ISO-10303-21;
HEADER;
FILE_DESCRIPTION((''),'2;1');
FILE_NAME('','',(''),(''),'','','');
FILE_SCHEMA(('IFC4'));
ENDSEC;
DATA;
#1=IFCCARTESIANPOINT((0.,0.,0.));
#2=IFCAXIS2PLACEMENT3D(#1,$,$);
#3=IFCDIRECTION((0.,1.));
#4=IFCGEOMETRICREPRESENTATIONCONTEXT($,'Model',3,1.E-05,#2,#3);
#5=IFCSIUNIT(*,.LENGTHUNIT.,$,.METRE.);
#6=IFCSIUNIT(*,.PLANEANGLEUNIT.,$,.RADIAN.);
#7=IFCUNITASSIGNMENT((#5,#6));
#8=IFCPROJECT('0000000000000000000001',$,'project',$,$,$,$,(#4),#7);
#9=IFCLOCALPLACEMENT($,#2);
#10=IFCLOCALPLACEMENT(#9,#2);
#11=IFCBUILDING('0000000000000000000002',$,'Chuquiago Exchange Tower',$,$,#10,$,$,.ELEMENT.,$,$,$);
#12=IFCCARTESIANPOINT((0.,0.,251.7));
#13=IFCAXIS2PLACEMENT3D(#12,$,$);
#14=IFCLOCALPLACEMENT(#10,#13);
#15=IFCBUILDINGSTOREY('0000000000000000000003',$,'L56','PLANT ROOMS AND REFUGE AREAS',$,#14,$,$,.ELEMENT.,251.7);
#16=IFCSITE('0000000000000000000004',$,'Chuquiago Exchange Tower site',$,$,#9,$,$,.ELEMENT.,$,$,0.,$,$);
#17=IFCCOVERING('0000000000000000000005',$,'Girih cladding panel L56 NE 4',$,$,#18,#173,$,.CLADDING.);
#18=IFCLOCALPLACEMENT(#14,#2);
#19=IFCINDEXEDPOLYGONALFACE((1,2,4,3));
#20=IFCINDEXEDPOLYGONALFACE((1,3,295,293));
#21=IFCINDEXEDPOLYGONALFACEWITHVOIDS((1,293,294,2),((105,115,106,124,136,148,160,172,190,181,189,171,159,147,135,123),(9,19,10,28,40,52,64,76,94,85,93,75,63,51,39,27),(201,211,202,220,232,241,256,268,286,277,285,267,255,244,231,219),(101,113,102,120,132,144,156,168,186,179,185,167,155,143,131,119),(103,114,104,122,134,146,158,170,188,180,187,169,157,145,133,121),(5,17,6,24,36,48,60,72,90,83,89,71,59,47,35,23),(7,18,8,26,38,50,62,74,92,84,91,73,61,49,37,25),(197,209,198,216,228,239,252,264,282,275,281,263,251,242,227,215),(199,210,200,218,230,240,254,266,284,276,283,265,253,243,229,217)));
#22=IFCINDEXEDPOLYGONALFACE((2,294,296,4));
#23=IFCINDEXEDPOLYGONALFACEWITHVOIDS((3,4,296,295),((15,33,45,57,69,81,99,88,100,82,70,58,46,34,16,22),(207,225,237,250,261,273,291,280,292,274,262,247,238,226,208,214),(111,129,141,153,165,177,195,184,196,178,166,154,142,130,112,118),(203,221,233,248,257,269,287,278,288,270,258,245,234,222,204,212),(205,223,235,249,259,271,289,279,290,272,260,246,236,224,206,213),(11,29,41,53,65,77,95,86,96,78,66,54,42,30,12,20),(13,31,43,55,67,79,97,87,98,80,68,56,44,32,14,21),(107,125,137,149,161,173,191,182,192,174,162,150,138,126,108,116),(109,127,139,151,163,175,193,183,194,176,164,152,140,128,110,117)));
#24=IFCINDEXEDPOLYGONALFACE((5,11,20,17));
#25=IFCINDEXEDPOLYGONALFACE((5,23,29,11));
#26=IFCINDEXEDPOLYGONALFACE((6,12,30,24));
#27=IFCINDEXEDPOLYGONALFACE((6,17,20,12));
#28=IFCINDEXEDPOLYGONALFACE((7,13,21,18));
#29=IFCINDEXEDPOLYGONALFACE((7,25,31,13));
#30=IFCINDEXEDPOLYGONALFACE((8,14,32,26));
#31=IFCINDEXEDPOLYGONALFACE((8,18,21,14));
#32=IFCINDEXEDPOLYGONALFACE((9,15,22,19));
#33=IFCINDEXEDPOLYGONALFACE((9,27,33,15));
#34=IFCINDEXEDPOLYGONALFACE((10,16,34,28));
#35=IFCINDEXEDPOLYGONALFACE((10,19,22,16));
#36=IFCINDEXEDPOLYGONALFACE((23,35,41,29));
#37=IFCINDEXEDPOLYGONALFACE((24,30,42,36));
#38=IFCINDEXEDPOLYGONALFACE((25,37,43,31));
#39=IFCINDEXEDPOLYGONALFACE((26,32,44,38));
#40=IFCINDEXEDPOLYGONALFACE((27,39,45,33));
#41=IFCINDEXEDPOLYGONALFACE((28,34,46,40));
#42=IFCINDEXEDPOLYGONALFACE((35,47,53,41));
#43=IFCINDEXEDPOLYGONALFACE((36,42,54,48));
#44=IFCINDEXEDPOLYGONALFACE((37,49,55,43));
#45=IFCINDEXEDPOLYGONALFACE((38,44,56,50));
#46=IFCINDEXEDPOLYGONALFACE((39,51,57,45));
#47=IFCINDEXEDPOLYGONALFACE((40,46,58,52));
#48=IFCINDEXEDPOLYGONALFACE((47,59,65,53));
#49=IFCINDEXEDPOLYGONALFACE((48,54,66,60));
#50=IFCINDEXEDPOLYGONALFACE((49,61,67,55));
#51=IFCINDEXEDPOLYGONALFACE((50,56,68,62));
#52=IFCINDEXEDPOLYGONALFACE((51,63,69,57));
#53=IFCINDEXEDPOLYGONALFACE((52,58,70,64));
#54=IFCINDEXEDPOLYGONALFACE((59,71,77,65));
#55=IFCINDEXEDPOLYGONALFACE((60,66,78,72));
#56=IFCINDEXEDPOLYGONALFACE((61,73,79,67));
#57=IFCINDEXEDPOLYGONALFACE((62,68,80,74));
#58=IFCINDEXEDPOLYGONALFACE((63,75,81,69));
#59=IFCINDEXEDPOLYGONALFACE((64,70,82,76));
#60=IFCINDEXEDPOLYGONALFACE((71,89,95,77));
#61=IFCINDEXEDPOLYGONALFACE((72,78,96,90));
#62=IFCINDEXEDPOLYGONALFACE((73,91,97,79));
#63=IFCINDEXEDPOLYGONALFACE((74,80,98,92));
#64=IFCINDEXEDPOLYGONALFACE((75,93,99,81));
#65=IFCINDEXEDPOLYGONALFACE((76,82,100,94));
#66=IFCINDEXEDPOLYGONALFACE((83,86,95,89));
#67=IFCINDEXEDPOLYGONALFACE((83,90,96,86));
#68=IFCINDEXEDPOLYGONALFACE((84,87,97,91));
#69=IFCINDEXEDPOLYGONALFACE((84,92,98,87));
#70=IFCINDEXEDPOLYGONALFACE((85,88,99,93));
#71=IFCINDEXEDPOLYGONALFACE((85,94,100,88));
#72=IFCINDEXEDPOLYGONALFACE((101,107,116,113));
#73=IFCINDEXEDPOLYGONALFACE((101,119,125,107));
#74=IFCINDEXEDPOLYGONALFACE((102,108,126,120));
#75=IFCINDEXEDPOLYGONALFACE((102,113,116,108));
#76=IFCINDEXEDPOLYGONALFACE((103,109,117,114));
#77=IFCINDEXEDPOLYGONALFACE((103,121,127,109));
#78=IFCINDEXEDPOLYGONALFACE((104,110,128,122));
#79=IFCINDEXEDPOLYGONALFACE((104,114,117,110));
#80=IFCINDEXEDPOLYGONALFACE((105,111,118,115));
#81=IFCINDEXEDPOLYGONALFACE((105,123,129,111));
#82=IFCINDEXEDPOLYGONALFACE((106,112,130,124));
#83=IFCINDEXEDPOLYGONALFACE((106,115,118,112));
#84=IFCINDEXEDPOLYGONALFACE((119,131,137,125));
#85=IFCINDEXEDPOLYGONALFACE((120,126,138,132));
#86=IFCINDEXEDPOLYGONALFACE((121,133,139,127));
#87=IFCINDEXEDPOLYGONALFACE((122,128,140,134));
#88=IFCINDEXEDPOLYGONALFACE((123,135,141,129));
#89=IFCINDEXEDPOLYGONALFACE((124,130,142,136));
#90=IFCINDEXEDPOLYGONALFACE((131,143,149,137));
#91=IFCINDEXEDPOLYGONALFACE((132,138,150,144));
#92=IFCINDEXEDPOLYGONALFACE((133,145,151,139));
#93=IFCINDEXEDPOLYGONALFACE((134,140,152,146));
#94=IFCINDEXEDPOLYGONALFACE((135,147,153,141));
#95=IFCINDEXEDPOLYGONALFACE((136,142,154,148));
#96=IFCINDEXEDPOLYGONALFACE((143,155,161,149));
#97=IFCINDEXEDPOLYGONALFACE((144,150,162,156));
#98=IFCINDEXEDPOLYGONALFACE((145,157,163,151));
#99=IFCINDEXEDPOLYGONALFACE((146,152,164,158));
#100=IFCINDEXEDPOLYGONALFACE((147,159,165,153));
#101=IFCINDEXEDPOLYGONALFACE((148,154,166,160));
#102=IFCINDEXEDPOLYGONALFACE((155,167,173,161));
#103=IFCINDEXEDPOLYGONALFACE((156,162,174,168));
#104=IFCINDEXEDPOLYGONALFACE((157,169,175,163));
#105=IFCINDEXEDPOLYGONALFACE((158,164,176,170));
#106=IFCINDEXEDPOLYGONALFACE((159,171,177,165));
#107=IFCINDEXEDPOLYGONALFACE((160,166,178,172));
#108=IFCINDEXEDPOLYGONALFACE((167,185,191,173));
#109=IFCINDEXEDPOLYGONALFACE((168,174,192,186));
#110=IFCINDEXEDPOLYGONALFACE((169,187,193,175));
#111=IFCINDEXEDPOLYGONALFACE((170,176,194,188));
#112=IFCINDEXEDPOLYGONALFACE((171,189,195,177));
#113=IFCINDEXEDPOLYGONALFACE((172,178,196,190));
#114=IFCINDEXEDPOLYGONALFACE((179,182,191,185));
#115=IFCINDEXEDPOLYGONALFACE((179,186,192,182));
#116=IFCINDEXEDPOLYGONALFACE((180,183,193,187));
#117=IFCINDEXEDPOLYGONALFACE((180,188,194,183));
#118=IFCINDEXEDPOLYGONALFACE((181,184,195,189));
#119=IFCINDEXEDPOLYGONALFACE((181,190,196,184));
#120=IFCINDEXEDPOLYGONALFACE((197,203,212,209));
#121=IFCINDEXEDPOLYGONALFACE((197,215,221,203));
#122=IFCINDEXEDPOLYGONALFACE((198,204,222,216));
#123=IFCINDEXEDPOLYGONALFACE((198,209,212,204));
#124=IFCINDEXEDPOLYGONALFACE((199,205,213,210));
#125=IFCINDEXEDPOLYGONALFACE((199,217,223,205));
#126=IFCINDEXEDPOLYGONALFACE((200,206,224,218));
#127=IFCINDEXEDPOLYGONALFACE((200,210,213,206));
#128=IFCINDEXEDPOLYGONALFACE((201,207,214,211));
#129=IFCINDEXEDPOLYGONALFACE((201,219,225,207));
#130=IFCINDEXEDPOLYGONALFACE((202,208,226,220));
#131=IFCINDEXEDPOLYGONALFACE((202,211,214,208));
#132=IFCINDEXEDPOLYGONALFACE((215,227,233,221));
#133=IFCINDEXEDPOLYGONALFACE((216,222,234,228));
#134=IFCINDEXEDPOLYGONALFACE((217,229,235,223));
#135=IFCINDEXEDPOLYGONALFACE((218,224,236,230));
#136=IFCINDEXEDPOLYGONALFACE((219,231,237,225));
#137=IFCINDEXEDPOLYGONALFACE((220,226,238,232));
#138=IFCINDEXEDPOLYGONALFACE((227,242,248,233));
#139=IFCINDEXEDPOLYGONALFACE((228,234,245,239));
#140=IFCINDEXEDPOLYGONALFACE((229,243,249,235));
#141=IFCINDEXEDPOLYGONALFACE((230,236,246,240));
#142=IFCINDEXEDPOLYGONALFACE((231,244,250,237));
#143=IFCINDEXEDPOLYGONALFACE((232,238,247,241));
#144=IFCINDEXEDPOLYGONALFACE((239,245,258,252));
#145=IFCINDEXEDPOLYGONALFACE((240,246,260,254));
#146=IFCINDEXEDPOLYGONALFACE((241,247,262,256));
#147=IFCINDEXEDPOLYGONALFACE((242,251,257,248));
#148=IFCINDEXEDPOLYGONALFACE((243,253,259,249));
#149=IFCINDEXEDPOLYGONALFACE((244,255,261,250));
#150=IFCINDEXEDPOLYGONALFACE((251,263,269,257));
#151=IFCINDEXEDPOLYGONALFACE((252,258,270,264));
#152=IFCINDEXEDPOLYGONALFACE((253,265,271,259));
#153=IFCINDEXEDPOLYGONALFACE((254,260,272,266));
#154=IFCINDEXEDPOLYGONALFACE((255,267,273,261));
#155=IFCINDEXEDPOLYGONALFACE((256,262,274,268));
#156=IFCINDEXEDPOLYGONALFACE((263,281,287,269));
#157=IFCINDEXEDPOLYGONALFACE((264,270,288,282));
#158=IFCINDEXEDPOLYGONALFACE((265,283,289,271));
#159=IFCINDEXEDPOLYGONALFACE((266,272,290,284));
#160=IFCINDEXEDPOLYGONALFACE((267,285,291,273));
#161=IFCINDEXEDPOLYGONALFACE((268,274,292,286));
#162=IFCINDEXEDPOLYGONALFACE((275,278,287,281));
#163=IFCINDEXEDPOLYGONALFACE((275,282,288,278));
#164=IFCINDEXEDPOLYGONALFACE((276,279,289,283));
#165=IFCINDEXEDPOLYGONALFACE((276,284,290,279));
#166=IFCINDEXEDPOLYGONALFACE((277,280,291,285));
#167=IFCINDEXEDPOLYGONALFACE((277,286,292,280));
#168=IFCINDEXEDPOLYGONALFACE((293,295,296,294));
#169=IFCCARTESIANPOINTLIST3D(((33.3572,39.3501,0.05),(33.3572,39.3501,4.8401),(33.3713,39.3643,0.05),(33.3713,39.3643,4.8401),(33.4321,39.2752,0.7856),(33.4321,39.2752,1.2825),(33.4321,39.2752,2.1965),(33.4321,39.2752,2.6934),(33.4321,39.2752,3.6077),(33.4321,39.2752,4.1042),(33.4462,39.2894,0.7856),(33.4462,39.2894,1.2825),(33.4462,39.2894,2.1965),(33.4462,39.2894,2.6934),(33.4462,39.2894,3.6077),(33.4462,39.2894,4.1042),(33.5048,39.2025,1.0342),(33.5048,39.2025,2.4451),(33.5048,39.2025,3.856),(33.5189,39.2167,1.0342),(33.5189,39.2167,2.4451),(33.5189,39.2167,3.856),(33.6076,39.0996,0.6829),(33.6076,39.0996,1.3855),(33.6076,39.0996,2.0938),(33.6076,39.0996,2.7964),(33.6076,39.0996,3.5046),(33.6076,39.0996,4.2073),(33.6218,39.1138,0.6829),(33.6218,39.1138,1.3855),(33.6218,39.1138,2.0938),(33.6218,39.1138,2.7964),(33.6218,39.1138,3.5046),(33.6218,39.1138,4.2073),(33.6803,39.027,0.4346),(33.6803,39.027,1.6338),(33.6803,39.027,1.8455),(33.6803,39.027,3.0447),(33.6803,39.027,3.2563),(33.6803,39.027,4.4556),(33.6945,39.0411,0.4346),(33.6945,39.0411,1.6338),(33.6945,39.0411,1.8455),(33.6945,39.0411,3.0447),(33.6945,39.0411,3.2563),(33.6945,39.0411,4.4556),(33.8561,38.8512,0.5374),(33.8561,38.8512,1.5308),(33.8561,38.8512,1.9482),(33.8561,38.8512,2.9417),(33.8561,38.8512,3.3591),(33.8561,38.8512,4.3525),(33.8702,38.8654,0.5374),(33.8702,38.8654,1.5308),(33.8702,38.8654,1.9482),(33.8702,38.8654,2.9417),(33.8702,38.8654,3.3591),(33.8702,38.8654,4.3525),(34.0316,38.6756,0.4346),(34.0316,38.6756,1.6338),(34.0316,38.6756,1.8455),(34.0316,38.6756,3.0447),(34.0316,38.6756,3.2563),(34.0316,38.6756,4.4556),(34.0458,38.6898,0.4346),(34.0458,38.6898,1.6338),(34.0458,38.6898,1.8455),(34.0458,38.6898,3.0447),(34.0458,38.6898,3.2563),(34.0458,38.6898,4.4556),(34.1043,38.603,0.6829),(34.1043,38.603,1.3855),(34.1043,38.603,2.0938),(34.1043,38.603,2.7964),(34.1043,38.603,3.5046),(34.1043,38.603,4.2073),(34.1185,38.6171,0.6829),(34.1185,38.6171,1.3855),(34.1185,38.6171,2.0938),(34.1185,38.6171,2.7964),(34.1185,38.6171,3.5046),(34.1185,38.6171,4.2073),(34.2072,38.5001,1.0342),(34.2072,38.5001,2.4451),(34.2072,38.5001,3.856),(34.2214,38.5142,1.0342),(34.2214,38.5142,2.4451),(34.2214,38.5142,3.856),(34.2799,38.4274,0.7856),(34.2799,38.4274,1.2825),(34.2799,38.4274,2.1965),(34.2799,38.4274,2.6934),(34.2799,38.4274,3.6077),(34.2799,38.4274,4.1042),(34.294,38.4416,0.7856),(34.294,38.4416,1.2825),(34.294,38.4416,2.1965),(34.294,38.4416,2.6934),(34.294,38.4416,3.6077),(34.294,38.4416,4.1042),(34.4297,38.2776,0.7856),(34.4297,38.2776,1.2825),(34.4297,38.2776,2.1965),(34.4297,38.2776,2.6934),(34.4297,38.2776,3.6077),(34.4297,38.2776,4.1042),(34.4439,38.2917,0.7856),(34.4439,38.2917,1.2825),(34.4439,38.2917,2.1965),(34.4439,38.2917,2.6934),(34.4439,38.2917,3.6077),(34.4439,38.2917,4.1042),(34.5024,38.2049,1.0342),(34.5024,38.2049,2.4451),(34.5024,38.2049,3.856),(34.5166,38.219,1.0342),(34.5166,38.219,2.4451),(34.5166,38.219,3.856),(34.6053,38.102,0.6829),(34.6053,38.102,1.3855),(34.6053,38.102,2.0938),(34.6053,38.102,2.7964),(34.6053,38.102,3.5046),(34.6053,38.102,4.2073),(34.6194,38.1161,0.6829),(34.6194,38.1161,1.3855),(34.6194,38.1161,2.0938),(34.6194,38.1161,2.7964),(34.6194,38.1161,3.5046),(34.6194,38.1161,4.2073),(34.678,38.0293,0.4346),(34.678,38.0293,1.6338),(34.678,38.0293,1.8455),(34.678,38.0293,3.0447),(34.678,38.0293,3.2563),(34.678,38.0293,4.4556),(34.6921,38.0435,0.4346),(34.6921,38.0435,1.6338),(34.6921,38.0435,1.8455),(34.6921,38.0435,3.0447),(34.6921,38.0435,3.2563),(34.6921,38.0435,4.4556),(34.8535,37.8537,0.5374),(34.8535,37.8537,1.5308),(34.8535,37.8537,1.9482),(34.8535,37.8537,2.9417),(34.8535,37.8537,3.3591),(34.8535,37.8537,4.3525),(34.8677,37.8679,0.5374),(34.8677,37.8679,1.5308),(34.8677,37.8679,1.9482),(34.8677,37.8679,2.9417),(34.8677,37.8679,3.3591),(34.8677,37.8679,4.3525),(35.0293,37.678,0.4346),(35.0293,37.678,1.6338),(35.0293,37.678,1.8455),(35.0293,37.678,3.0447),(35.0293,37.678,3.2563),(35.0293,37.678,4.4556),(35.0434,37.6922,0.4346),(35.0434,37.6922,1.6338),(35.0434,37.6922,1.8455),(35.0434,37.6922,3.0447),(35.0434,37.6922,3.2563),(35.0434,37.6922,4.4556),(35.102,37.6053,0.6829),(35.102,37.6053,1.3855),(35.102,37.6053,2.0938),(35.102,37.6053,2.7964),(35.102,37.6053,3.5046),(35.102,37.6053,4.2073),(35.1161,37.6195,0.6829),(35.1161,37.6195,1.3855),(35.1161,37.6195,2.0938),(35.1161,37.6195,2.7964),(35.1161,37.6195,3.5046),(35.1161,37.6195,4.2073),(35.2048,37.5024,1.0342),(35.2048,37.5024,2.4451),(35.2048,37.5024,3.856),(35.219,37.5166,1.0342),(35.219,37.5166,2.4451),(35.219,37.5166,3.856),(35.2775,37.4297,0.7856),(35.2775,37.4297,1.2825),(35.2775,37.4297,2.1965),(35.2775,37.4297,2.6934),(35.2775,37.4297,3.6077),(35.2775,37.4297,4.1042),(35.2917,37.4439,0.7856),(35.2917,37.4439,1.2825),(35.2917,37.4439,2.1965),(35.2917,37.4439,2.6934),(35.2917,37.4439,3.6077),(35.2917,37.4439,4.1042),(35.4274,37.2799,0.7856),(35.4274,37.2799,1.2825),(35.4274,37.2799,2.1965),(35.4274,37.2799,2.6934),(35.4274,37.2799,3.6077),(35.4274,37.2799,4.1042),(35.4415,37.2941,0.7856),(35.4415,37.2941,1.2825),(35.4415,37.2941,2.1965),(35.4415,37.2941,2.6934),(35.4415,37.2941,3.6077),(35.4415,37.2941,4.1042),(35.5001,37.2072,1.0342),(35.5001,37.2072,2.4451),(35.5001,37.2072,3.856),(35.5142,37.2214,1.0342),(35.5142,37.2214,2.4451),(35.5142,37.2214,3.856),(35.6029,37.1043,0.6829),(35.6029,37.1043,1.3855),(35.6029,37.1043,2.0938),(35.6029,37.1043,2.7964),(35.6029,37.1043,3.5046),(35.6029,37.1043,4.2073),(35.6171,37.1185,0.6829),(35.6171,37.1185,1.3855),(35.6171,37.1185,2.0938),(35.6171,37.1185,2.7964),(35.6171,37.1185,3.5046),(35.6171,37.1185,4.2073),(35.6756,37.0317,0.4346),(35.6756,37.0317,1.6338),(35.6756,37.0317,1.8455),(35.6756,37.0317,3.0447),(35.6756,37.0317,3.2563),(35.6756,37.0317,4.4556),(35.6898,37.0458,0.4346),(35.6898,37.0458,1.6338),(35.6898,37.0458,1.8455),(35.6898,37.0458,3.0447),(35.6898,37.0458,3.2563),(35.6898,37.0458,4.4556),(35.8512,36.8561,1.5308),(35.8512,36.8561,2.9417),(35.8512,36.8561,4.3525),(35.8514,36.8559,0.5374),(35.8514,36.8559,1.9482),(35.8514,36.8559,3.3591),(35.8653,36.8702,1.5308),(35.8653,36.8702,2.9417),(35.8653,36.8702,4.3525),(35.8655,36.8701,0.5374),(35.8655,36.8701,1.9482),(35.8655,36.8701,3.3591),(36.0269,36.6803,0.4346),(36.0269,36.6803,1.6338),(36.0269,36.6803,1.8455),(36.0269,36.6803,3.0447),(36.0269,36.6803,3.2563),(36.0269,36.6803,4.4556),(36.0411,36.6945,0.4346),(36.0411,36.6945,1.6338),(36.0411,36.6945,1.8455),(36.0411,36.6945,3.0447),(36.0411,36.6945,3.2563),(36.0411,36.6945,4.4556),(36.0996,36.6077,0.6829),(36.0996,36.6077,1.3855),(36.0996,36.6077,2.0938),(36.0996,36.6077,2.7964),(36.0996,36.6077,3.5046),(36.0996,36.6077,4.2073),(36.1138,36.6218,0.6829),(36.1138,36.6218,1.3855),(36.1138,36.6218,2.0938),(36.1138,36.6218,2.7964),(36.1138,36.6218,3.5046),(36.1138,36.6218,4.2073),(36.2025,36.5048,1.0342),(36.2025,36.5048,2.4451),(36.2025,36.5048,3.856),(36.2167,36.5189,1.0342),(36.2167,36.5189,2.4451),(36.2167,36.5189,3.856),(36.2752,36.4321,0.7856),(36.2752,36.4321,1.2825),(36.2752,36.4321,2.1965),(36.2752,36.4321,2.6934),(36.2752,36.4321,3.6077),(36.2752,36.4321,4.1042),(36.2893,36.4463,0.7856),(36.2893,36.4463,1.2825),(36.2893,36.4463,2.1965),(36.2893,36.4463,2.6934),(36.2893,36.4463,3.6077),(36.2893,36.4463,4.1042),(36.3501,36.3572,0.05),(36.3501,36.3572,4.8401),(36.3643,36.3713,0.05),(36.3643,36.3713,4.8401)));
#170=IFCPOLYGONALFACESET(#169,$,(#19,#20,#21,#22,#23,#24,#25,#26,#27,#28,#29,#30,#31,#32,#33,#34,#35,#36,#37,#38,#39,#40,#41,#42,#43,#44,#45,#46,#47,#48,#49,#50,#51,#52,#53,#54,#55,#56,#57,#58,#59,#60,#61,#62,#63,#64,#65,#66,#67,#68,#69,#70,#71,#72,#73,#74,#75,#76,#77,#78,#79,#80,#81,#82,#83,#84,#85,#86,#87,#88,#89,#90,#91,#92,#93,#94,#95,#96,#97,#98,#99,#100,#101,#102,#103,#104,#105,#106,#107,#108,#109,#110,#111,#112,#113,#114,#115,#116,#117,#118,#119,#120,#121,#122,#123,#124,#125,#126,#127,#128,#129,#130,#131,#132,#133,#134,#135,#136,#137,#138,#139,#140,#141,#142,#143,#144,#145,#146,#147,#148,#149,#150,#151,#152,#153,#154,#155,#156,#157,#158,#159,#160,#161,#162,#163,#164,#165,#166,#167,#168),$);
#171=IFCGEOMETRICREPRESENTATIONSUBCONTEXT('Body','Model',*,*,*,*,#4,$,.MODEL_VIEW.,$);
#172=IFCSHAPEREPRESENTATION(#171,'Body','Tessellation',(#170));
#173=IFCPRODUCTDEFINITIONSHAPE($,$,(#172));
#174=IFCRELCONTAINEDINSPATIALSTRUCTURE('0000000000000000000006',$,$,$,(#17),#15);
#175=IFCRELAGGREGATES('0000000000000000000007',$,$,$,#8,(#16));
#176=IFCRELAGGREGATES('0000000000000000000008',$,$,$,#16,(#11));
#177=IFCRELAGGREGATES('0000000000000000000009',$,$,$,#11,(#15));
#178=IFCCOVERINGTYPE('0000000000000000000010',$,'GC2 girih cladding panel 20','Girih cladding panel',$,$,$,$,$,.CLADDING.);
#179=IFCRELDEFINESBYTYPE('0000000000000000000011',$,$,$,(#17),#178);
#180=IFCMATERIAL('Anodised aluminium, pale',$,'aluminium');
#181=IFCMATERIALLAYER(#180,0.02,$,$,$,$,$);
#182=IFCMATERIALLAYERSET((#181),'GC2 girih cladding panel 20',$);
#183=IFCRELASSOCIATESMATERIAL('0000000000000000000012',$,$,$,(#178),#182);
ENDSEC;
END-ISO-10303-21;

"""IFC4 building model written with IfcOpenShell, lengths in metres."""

from ifc_helpers import new_model, si_unit, direction, frame, origin, place, context, subcontext, project, spatial, polyline, outline, extrude, material, layer, layer_set, type_object, element, save


model = new_model("IFC4")

# Units and contexts
model_context = context("Model", 3, precision=1e-05, world=origin(), true_north=direction((0.0, 1.0)))
body_context = subcontext(model_context, "Body", "Model", "MODEL_VIEW")
ifc_project = project(units=[si_unit("LENGTHUNIT", "METRE"), si_unit("PLANEANGLEUNIT", "RADIAN")], contexts=[model_context])

# Site, building, storey
site_placement = place(None, origin())
site = spatial("IfcSite", under=ifc_project, at=site_placement, Name="Chuquiago Exchange Tower site", CompositionType="ELEMENT", RefElevation=0.0)
building_placement = place(site_placement, origin())
building = spatial("IfcBuilding", under=site, at=building_placement, Name="Chuquiago Exchange Tower", CompositionType="ELEMENT")
storey_placement = place(building_placement, frame((0.0, 0.0, 251.7)))
storey = spatial("IfcBuildingStorey", under=building, at=storey_placement, Name="L56", Description="PLANT ROOMS AND REFUGE AREAS", CompositionType="ELEMENT", Elevation=251.7)

# Covering
ifc_material_1 = material(Name="Anodised aluminium, pale", Category="aluminium")
ifc_layer_1 = layer(ifc_material_1, 0.02)
ifc_layer_set_1 = layer_set([ifc_layer_1], Name="GC2 girih cladding panel 20")
covering_type = type_object("IfcCoveringType", Name="GC2 girih cladding panel 20", Description="Girih cladding panel", PredefinedType="CLADDING", material=ifc_layer_set_1)
covering_1_placement = place(storey_placement, frame((36.3501, 36.3572, 0.05), z_axis=(0.0, 0.0, 1.0), x_axis=(-0.707107, 0.707107, 0.0)))
element("IfcCovering", 1, at=covering_1_placement, inside=storey, type_object=covering_type, Name="Girih cladding panel L56 NE 4", PredefinedType="CLADDING", context=body_context, shape_type="SweptSolid", body=[
    extrude(outline(polyline([(0.0, 0.0), (4.2327, 0.0), (4.2327, 4.79), (0.0, 4.79), (0.0, 0.0)]), holes=[polyline([(1.2021, 0.9841), (1.3049, 1.2324), (1.0566, 1.3354), (0.9539, 1.5837), (0.7056, 1.4807), (0.457, 1.5837), (0.3542, 1.3354), (0.106, 1.2324), (0.2087, 0.9841), (0.106, 0.7356), (0.3542, 0.6328), (0.457, 0.3845), (0.7053, 0.4873), (0.9539, 0.3845), (1.0566, 0.6328), (1.3049, 0.7356), (1.2021, 0.9841)]), polyline([(2.613, 0.9841), (2.7158, 1.2324), (2.4675, 1.3354), (2.3647, 1.5837), (2.1165, 1.4807), (1.8679, 1.5837), (1.7651, 1.3354), (1.5168, 1.2324), (1.6196, 0.9841), (1.5168, 0.7356), (1.7651, 0.6328), (1.8679, 0.3845), (2.1165, 0.4873), (2.3647, 0.3845), (2.4675, 0.6328), (2.7158, 0.7356), (2.613, 0.9841)]), polyline([(4.0239, 0.9841), (4.1267, 1.2324), (3.8784, 1.3354), (3.7756, 1.5837), (3.5271, 1.4807), (3.2788, 1.5837), (3.176, 1.3354), (2.9277, 1.2324), (3.0305, 0.9841), (2.9277, 0.7356), (3.176, 0.6328), (3.2788, 0.3845), (3.5271, 0.4873), (3.7756, 0.3845), (3.8784, 0.6328), (4.1267, 0.7356), (4.0239, 0.9841)]), polyline([(1.2021, 2.395), (1.3049, 2.6433), (1.0566, 2.7463), (0.9539, 2.9946), (0.7056, 2.8916), (0.457, 2.9946), (0.3542, 2.7463), (0.106, 2.6433), (0.2087, 2.395), (0.106, 2.1465), (0.3542, 2.0437), (0.457, 1.7954), (0.7053, 1.8982), (0.9539, 1.7954), (1.0566, 2.0437), (1.3049, 2.1465), (1.2021, 2.395)]), polyline([(2.613, 2.395), (2.7158, 2.6433), (2.4675, 2.7463), (2.3647, 2.9946), (2.1165, 2.8916), (1.8679, 2.9946), (1.7651, 2.7463), (1.5168, 2.6433), (1.6196, 2.395), (1.5168, 2.1465), (1.7651, 2.0437), (1.8679, 1.7954), (2.1165, 1.8982), (2.3647, 1.7954), (2.4675, 2.0437), (2.7158, 2.1465), (2.613, 2.395)]), polyline([(4.0239, 2.395), (4.1267, 2.6433), (3.8784, 2.7463), (3.7756, 2.9946), (3.5271, 2.8916), (3.2788, 2.9946), (3.176, 2.7463), (2.9277, 2.6433), (3.0305, 2.395), (2.9277, 2.1465), (3.176, 2.0437), (3.2788, 1.7954), (3.5271, 1.8982), (3.7756, 1.7954), (3.8784, 2.0437), (4.1267, 2.1465), (4.0239, 2.395)]), polyline([(1.2021, 3.8059), (1.3049, 4.0542), (1.0566, 4.1572), (0.9539, 4.4055), (0.7056, 4.3025), (0.457, 4.4055), (0.3542, 4.1572), (0.106, 4.0542), (0.2087, 3.8059), (0.106, 3.5576), (0.3542, 3.4546), (0.457, 3.2063), (0.7053, 3.3091), (0.9539, 3.2063), (1.0566, 3.4546), (1.3049, 3.5576), (1.2021, 3.8059)]), polyline([(2.613, 3.8059), (2.7158, 4.0542), (2.4675, 4.1572), (2.3647, 4.4055), (2.1165, 4.3025), (1.8679, 4.4055), (1.7651, 4.1572), (1.5168, 4.0542), (1.6196, 3.8059), (1.5168, 3.5576), (1.7651, 3.4546), (1.8679, 3.2063), (2.1165, 3.3091), (2.3647, 3.2063), (2.4675, 3.4546), (2.7158, 3.5576), (2.613, 3.8059)]), polyline([(4.0239, 3.8059), (4.1267, 4.0542), (3.8784, 4.1572), (3.7756, 4.4055), (3.5271, 4.3025), (3.2788, 4.4055), (3.176, 4.1572), (2.9277, 4.0542), (3.0305, 3.8059), (2.9277, 3.5576), (3.176, 3.4546), (3.2788, 3.2063), (3.5271, 3.3091), (3.7756, 3.2063), (3.8784, 3.4546), (4.1267, 3.5576), (4.0239, 3.8059)])]), frame((0.0, 0.0, 0.0), z_axis=(0.0, -1.0, 0.0), x_axis=(1.0, 0.0, 0.0)), (0.0, 0.0, 1.0), 0.02),
])

save(model, "model.ifc")
